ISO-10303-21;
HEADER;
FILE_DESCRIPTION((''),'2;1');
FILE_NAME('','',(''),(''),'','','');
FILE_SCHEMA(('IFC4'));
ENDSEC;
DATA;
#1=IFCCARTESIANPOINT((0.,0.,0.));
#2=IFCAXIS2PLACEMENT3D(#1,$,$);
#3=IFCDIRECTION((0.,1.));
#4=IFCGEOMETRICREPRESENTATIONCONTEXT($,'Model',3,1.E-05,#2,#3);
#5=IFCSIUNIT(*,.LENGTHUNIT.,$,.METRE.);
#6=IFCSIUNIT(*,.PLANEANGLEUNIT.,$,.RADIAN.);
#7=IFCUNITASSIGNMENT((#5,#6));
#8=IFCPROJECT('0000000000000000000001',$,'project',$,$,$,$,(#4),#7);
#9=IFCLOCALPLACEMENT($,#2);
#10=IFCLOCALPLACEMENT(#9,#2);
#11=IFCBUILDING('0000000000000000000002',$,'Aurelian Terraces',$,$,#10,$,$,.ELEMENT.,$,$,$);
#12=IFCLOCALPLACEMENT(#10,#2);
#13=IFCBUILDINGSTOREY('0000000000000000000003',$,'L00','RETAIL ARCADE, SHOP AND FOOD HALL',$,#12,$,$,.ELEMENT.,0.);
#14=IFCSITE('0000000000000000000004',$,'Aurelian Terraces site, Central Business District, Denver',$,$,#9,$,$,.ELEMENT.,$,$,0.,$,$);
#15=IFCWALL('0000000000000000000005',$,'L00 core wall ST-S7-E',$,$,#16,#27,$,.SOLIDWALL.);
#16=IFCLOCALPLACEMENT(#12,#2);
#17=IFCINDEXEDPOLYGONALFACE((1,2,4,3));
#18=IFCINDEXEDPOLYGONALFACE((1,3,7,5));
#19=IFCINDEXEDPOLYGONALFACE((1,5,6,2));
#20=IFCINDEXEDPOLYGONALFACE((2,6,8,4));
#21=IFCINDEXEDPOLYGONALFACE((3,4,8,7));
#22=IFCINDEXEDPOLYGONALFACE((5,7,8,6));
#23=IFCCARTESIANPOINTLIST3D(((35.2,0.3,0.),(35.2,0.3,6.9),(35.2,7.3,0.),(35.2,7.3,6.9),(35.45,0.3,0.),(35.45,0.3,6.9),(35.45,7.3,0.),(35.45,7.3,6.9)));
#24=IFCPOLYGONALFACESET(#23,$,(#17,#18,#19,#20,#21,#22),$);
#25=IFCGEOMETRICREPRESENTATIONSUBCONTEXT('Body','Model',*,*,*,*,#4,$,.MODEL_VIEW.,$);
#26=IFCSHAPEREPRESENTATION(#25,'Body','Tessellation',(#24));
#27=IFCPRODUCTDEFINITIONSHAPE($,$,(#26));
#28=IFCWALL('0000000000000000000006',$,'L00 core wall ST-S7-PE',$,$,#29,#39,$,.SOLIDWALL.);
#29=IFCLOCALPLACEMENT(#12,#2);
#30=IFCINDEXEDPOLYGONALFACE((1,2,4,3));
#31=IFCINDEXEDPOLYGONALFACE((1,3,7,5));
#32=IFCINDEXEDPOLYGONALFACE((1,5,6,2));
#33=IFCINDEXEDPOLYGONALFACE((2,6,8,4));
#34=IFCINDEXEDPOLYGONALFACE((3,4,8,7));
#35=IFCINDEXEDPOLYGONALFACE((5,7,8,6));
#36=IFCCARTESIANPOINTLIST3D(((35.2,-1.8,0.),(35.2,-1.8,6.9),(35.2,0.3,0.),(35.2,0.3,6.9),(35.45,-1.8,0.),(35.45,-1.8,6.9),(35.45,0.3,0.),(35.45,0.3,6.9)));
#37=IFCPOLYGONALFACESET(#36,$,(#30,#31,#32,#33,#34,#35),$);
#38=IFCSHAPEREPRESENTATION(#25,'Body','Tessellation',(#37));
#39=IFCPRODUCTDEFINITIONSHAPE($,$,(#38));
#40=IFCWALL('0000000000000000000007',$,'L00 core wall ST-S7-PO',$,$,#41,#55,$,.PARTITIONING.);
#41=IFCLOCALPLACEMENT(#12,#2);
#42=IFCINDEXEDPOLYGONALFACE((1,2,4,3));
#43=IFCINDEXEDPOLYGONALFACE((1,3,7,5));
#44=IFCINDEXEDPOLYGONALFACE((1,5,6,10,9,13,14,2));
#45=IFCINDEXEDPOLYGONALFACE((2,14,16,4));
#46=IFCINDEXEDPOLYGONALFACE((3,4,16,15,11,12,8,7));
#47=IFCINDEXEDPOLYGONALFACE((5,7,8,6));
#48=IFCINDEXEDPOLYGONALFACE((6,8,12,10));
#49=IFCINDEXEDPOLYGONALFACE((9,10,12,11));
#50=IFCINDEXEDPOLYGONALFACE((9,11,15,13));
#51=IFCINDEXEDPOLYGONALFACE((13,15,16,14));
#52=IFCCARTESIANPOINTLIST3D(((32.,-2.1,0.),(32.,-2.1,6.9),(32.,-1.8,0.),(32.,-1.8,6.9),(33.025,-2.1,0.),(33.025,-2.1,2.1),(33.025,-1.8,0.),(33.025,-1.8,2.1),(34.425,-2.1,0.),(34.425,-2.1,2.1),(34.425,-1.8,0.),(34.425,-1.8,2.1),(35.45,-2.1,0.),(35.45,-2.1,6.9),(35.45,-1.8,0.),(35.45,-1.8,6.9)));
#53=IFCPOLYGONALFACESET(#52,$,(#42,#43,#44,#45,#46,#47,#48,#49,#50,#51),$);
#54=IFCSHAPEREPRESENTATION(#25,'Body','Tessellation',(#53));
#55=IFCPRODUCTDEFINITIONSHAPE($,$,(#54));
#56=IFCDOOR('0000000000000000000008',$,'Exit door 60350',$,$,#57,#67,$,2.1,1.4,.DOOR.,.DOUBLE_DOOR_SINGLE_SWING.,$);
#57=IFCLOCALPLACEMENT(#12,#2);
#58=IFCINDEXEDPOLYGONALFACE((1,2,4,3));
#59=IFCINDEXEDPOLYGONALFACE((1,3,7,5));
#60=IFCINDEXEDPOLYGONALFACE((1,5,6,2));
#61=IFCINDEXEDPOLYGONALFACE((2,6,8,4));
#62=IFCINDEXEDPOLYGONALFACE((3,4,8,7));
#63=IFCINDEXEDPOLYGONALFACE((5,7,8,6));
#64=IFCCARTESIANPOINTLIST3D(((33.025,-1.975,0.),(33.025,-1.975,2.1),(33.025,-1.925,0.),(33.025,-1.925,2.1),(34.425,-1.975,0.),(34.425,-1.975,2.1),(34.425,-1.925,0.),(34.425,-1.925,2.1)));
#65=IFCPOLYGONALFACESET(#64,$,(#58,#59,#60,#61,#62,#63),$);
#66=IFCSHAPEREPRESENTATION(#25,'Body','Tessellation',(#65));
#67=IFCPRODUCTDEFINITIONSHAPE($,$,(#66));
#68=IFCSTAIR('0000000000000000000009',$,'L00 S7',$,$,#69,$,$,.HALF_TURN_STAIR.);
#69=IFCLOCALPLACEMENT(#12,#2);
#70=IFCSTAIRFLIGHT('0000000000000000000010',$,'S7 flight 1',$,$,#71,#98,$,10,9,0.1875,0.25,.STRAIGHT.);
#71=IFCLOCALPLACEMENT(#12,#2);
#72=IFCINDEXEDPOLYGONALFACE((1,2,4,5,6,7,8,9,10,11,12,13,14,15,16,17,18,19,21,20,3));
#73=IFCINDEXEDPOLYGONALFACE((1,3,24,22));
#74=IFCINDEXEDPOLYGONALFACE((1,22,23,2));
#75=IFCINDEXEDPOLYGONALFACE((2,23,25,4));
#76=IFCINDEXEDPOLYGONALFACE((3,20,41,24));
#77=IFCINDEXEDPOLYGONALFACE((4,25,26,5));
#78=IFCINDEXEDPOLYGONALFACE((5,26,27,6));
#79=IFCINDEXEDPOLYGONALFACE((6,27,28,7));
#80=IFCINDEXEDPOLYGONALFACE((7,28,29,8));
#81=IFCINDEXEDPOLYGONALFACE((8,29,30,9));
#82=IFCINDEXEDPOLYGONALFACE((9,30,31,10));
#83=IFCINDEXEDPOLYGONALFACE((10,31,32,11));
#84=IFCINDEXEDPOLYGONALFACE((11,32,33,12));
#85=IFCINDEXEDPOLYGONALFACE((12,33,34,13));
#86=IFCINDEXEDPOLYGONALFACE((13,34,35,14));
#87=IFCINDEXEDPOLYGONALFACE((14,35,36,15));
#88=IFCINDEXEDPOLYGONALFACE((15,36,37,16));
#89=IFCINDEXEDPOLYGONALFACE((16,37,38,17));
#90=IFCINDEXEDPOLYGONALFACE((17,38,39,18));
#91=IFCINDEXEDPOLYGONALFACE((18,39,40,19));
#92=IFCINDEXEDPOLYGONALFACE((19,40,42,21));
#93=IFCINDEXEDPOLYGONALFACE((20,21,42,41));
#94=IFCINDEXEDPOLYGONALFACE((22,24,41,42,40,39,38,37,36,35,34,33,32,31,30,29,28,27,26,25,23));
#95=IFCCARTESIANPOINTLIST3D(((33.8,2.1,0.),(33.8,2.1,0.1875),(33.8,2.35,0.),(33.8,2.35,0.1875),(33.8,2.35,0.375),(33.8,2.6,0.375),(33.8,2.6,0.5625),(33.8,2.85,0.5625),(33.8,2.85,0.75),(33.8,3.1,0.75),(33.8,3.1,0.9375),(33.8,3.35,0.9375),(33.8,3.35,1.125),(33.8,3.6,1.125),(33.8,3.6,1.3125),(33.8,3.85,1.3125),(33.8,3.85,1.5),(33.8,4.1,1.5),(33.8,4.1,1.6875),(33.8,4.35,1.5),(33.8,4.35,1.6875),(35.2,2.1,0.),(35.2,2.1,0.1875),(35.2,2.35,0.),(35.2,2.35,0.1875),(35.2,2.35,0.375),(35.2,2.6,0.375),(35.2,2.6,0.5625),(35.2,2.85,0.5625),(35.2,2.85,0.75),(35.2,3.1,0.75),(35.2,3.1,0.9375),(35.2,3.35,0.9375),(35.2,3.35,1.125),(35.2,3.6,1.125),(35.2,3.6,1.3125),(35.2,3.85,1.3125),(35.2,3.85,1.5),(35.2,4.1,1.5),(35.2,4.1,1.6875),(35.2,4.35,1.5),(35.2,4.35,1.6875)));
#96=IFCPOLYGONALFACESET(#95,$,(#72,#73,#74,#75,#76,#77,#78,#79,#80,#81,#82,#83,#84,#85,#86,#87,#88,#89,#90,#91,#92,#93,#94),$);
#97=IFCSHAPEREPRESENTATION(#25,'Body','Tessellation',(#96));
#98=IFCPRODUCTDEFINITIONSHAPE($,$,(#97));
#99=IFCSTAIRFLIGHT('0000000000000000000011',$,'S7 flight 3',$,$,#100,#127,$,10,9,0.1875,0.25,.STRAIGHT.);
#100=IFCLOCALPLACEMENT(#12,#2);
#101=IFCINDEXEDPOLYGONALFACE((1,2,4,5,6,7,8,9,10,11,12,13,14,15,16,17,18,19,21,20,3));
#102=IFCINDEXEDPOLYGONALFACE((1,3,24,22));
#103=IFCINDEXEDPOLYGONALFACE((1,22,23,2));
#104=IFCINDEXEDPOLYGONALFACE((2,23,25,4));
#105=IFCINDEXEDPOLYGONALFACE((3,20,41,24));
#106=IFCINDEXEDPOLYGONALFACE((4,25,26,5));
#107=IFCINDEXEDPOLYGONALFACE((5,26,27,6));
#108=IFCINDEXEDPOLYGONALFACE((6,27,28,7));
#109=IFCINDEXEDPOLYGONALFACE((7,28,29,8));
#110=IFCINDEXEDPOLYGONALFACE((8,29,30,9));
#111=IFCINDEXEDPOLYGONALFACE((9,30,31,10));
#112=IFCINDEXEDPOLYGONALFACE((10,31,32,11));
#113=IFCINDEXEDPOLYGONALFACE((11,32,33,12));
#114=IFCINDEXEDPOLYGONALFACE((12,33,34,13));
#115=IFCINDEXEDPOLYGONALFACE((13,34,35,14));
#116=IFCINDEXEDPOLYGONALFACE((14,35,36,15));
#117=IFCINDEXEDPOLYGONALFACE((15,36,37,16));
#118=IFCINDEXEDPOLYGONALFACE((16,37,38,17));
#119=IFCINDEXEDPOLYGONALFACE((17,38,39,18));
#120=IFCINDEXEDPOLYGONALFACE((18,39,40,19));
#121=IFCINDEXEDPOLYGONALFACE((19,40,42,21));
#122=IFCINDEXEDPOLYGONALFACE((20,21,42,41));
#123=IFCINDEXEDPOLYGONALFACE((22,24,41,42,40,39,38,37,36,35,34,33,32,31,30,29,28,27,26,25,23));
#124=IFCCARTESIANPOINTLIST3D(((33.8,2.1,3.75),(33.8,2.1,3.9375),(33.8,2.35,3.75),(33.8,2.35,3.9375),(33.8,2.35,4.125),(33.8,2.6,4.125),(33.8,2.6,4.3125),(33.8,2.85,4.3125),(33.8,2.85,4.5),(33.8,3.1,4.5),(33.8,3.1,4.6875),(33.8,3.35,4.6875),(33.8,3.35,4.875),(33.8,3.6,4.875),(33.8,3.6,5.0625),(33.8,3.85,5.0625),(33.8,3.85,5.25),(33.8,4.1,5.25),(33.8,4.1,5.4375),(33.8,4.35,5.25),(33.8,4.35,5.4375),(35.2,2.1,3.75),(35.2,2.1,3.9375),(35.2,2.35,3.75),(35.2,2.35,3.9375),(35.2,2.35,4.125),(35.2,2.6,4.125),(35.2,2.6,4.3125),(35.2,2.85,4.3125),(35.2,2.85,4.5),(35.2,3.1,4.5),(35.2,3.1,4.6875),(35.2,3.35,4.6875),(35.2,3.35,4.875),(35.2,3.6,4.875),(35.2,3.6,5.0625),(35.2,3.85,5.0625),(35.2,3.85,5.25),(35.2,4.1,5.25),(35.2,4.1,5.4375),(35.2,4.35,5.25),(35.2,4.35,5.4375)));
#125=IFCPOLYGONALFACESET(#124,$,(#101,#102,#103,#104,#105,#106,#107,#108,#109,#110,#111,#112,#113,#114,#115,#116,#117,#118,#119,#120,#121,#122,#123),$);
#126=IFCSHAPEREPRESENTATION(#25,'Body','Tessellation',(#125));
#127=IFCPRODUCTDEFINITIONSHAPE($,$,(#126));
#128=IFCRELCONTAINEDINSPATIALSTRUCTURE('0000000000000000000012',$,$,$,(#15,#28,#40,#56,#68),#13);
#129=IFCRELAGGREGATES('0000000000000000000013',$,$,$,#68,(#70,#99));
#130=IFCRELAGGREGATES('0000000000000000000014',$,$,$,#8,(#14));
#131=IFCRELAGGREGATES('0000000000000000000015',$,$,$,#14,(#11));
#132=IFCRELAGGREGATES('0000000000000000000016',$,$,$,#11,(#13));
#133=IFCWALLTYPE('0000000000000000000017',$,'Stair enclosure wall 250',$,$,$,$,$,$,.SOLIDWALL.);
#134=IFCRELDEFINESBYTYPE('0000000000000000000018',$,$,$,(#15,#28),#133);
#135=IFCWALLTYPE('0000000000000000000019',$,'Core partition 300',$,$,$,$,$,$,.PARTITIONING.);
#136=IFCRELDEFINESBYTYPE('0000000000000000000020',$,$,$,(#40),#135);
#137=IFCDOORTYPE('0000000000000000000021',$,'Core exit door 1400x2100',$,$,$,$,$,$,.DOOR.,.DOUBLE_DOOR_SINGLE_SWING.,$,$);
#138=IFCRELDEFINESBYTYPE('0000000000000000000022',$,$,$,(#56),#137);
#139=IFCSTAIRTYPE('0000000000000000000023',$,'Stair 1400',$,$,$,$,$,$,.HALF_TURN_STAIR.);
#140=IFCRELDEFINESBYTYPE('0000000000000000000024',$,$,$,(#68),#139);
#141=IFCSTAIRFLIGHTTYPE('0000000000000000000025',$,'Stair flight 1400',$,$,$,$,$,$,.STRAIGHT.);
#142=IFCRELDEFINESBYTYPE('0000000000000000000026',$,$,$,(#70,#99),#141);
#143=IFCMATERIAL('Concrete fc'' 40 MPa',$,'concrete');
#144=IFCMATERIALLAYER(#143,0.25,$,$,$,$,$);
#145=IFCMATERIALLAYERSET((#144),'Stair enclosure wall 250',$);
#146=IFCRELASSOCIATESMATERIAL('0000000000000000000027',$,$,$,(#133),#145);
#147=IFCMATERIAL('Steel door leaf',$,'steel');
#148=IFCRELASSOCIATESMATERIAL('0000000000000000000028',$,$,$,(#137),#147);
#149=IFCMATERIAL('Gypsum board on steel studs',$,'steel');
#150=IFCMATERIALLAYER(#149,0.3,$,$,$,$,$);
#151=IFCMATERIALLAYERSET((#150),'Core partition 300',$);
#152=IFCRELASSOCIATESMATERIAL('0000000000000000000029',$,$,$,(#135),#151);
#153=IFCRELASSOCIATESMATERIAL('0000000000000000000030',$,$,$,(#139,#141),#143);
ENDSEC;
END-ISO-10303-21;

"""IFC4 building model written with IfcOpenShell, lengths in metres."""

from ifc_helpers import new_model, si_unit, direction, frame, frame_2d, origin, place, context, subcontext, project, spatial, polyline, rectangle, outline, extrude, source, transform, mapped, material, layer, layer_set, type_object, element, fill, aggregate, save


model = new_model("IFC4")

# Units and contexts
model_context = context("Model", 3, precision=1e-05, world=origin(), true_north=direction((0.0, 1.0)))
body_context = subcontext(model_context, "Body", "Model", "MODEL_VIEW")
ifc_project = project(units=[si_unit("LENGTHUNIT", "METRE"), si_unit("PLANEANGLEUNIT", "RADIAN")], contexts=[model_context])

# Site, building, storey
site_placement = place(None, origin())
site = spatial("IfcSite", under=ifc_project, at=site_placement, Name="Aurelian Terraces site, Central Business District, Denver", CompositionType="ELEMENT", RefElevation=0.0)
building_placement = place(site_placement, origin())
building = spatial("IfcBuilding", under=site, at=building_placement, Name="Aurelian Terraces", CompositionType="ELEMENT")
storey_placement = place(building_placement, origin())
storey = spatial("IfcBuildingStorey", under=building, at=storey_placement, Name="L00", Description="RETAIL ARCADE, SHOP AND FOOD HALL", CompositionType="ELEMENT", Elevation=0.0)

# Shared definitions
ifc_material_1 = material(Name="Gypsum board on steel studs", Category="steel")

# Shared definitions
ifc_material_2 = material(Name="Concrete fc' 40 MPa", Category="concrete")
ifc_layer_1 = layer(ifc_material_2, 0.25)
ifc_layer_set_1 = layer_set([ifc_layer_1], Name="Stair enclosure wall 250")
wall_type_1 = type_object("IfcWallType", Name="Stair enclosure wall 250", PredefinedType="SOLIDWALL", material=ifc_layer_set_1)
ifc_material_3 = material(Name="Steel door leaf", Category="steel")
door_type_1 = type_object("IfcDoorType", Name="Core exit door 1400x2100", OperationType="DOUBLE_DOOR_SINGLE_SWING", PredefinedType="DOOR", material=ifc_material_3)

# Walls
shared_shape_1 = source(origin(), body_context, "Body", "SweptSolid", [
    extrude(rectangle(XDim=7.0, YDim=0.25, at=frame_2d((3.5, 0.0))), origin(), (0.0, 0.0, 1.0), 6.9),
])
wall_1_placement = place(storey_placement, frame((35.325, 0.3, 0.0), z_axis=(0.0, 0.0, 1.0), x_axis=(0.0, 1.0, 0.0)))
element("IfcWall", 1, at=wall_1_placement, inside=storey, type_object=wall_type_1, Name="L00 core wall ST-S7-E", PredefinedType="SOLIDWALL", context=body_context, shape_type="MappedRepresentation", body=[
    mapped(shared_shape_1, transform((0.0, 0.0, 0.0), scale=1.0)),
])
shared_shape_2 = source(origin(), body_context, "Body", "SweptSolid", [
    extrude(rectangle(XDim=2.1, YDim=0.25, at=frame_2d((1.05, 0.0))), origin(), (0.0, 0.0, 1.0), 6.9),
])
wall_2_placement = place(storey_placement, frame((35.325, -1.8, 0.0), z_axis=(0.0, 0.0, 1.0), x_axis=(0.0, 1.0, 0.0)))
element("IfcWall", 2, at=wall_2_placement, inside=storey, type_object=wall_type_1, Name="L00 core wall ST-S7-PE", PredefinedType="SOLIDWALL", context=body_context, shape_type="MappedRepresentation", body=[
    mapped(shared_shape_2, transform((0.0, 0.0, 0.0), scale=1.0)),
])

# Wall, opening, door
ifc_layer_2 = layer(ifc_material_1, 0.3)
ifc_layer_set_2 = layer_set([ifc_layer_2], Name="Core partition 300")
wall_type_2 = type_object("IfcWallType", Name="Core partition 300", PredefinedType="PARTITIONING", material=ifc_layer_set_2)
shared_shape_3 = source(origin(), body_context, "Body", "SweptSolid", [
    extrude(rectangle(XDim=3.45, YDim=0.3, at=frame_2d((1.725, 0.0))), origin(), (0.0, 0.0, 1.0), 6.9),
])
wall_3_placement = place(storey_placement, frame((35.45, -1.95, 0.0), z_axis=(0.0, 0.0, 1.0), x_axis=(-1.0, 0.0, 0.0)))
wall_3 = element("IfcWall", 3, at=wall_3_placement, inside=storey, type_object=wall_type_2, Name="L00 core wall ST-S7-PO", PredefinedType="PARTITIONING", context=body_context, shape_type="MappedRepresentation", body=[
    mapped(shared_shape_3, transform((0.0, 0.0, 0.0), scale=1.0)),
])
shared_shape_4 = source(origin(), body_context, "Body", "SweptSolid", [
    extrude(rectangle(XDim=1.4, YDim=2.1, at=frame_2d((0.7, 1.05))), frame((0.0, 0.16, 0.0), z_axis=(0.0, -1.0, 0.0), x_axis=(1.0, 0.0, 0.0)), (0.0, 0.0, 1.0), 0.32),
])
opening_1_placement = place(wall_3_placement, frame((1.025, 0.0, 0.0)))
opening_1 = element("IfcOpeningElement", 4, at=opening_1_placement, cuts=wall_3, PredefinedType="OPENING", context=body_context, shape_type="MappedRepresentation", body=[
    mapped(shared_shape_4, transform((0.0, 0.0, 0.0), scale=1.0)),
])
shared_shape_5 = source(origin(), body_context, "Body", "SweptSolid", [
    extrude(rectangle(XDim=1.4, YDim=2.1, at=frame_2d((0.7, 1.05))), frame((0.0, 0.025, 0.0), z_axis=(0.0, -1.0, 0.0), x_axis=(1.0, 0.0, 0.0)), (0.0, 0.0, 1.0), 0.05),
])
door_1_placement = place(opening_1_placement, origin())
door_1 = element("IfcDoor", 5, at=door_1_placement, inside=storey, type_object=door_type_1, Name="Exit door 60350", OperationType="DOUBLE_DOOR_SINGLE_SWING", OverallHeight=2.1, OverallWidth=1.4, PredefinedType="DOOR", context=body_context, shape_type="MappedRepresentation", body=[
    mapped(shared_shape_5, transform((0.0, 0.0, 0.0), scale=1.0)),
])
fill(opening_1, door_1)

# Stair, stair flights
stair_type = type_object("IfcStairType", Name="Stair 1400", PredefinedType="HALF_TURN_STAIR", material=ifc_material_2)
stair_placement = place(storey_placement, origin())
stair = element("IfcStair", 6, at=stair_placement, inside=storey, type_object=stair_type, Name="L00 S7", PredefinedType="HALF_TURN_STAIR")
stair_flight_type = type_object("IfcStairFlightType", Name="Stair flight 1400", PredefinedType="STRAIGHT", material=ifc_material_2)
shared_shape_6 = source(origin(), body_context, "Body", "SweptSolid", [
    extrude(outline(polyline([(0.0, 0.0), (0.0, 0.1875), (0.25, 0.1875), (0.25, 0.375), (0.5, 0.375), (0.5, 0.5625), (0.75, 0.5625), (0.75, 0.75), (1.0, 0.75), (1.0, 0.9375), (1.25, 0.9375), (1.25, 1.125), (1.5, 1.125), (1.5, 1.3125), (1.75, 1.3125), (1.75, 1.5), (2.0, 1.5), (2.0, 1.6875), (2.25, 1.6875), (2.25, 1.875), (2.25, 1.5), (0.25, 0.0), (0.0, 0.0)])), frame((0.0, 0.7, 0.0), z_axis=(0.0, -1.0, 0.0), x_axis=(1.0, 0.0, 0.0)), (0.0, 0.0, 1.0), 1.4),
])
stair_flight_1_placement = place(storey_placement, frame((34.5, 2.1, 0.0), z_axis=(0.0, 0.0, 1.0), x_axis=(0.0, 1.0, 0.0)))
stair_flight_1 = element("IfcStairFlight", 7, at=stair_flight_1_placement, type_object=stair_flight_type, Name="S7 flight 1", NumberOfRisers=10, NumberOfTreads=9, PredefinedType="STRAIGHT", RiserHeight=0.1875, TreadLength=0.25, context=body_context, shape_type="MappedRepresentation", body=[
    mapped(shared_shape_6, transform((0.0, 0.0, 0.0), scale=1.0)),
])
stair_flight_2_placement = place(storey_placement, frame((34.5, 2.1, 3.75), z_axis=(0.0, 0.0, 1.0), x_axis=(0.0, 1.0, 0.0)))
stair_flight_2 = element("IfcStairFlight", 8, at=stair_flight_2_placement, type_object=stair_flight_type, Name="S7 flight 3", NumberOfRisers=10, NumberOfTreads=9, PredefinedType="STRAIGHT", RiserHeight=0.1875, TreadLength=0.25, context=body_context, shape_type="MappedRepresentation", body=[
    mapped(shared_shape_6, transform((0.0, 0.0, 0.0), scale=1.0)),
])
aggregate(stair, [stair_flight_1, stair_flight_2])

save(model, "model.ifc")
